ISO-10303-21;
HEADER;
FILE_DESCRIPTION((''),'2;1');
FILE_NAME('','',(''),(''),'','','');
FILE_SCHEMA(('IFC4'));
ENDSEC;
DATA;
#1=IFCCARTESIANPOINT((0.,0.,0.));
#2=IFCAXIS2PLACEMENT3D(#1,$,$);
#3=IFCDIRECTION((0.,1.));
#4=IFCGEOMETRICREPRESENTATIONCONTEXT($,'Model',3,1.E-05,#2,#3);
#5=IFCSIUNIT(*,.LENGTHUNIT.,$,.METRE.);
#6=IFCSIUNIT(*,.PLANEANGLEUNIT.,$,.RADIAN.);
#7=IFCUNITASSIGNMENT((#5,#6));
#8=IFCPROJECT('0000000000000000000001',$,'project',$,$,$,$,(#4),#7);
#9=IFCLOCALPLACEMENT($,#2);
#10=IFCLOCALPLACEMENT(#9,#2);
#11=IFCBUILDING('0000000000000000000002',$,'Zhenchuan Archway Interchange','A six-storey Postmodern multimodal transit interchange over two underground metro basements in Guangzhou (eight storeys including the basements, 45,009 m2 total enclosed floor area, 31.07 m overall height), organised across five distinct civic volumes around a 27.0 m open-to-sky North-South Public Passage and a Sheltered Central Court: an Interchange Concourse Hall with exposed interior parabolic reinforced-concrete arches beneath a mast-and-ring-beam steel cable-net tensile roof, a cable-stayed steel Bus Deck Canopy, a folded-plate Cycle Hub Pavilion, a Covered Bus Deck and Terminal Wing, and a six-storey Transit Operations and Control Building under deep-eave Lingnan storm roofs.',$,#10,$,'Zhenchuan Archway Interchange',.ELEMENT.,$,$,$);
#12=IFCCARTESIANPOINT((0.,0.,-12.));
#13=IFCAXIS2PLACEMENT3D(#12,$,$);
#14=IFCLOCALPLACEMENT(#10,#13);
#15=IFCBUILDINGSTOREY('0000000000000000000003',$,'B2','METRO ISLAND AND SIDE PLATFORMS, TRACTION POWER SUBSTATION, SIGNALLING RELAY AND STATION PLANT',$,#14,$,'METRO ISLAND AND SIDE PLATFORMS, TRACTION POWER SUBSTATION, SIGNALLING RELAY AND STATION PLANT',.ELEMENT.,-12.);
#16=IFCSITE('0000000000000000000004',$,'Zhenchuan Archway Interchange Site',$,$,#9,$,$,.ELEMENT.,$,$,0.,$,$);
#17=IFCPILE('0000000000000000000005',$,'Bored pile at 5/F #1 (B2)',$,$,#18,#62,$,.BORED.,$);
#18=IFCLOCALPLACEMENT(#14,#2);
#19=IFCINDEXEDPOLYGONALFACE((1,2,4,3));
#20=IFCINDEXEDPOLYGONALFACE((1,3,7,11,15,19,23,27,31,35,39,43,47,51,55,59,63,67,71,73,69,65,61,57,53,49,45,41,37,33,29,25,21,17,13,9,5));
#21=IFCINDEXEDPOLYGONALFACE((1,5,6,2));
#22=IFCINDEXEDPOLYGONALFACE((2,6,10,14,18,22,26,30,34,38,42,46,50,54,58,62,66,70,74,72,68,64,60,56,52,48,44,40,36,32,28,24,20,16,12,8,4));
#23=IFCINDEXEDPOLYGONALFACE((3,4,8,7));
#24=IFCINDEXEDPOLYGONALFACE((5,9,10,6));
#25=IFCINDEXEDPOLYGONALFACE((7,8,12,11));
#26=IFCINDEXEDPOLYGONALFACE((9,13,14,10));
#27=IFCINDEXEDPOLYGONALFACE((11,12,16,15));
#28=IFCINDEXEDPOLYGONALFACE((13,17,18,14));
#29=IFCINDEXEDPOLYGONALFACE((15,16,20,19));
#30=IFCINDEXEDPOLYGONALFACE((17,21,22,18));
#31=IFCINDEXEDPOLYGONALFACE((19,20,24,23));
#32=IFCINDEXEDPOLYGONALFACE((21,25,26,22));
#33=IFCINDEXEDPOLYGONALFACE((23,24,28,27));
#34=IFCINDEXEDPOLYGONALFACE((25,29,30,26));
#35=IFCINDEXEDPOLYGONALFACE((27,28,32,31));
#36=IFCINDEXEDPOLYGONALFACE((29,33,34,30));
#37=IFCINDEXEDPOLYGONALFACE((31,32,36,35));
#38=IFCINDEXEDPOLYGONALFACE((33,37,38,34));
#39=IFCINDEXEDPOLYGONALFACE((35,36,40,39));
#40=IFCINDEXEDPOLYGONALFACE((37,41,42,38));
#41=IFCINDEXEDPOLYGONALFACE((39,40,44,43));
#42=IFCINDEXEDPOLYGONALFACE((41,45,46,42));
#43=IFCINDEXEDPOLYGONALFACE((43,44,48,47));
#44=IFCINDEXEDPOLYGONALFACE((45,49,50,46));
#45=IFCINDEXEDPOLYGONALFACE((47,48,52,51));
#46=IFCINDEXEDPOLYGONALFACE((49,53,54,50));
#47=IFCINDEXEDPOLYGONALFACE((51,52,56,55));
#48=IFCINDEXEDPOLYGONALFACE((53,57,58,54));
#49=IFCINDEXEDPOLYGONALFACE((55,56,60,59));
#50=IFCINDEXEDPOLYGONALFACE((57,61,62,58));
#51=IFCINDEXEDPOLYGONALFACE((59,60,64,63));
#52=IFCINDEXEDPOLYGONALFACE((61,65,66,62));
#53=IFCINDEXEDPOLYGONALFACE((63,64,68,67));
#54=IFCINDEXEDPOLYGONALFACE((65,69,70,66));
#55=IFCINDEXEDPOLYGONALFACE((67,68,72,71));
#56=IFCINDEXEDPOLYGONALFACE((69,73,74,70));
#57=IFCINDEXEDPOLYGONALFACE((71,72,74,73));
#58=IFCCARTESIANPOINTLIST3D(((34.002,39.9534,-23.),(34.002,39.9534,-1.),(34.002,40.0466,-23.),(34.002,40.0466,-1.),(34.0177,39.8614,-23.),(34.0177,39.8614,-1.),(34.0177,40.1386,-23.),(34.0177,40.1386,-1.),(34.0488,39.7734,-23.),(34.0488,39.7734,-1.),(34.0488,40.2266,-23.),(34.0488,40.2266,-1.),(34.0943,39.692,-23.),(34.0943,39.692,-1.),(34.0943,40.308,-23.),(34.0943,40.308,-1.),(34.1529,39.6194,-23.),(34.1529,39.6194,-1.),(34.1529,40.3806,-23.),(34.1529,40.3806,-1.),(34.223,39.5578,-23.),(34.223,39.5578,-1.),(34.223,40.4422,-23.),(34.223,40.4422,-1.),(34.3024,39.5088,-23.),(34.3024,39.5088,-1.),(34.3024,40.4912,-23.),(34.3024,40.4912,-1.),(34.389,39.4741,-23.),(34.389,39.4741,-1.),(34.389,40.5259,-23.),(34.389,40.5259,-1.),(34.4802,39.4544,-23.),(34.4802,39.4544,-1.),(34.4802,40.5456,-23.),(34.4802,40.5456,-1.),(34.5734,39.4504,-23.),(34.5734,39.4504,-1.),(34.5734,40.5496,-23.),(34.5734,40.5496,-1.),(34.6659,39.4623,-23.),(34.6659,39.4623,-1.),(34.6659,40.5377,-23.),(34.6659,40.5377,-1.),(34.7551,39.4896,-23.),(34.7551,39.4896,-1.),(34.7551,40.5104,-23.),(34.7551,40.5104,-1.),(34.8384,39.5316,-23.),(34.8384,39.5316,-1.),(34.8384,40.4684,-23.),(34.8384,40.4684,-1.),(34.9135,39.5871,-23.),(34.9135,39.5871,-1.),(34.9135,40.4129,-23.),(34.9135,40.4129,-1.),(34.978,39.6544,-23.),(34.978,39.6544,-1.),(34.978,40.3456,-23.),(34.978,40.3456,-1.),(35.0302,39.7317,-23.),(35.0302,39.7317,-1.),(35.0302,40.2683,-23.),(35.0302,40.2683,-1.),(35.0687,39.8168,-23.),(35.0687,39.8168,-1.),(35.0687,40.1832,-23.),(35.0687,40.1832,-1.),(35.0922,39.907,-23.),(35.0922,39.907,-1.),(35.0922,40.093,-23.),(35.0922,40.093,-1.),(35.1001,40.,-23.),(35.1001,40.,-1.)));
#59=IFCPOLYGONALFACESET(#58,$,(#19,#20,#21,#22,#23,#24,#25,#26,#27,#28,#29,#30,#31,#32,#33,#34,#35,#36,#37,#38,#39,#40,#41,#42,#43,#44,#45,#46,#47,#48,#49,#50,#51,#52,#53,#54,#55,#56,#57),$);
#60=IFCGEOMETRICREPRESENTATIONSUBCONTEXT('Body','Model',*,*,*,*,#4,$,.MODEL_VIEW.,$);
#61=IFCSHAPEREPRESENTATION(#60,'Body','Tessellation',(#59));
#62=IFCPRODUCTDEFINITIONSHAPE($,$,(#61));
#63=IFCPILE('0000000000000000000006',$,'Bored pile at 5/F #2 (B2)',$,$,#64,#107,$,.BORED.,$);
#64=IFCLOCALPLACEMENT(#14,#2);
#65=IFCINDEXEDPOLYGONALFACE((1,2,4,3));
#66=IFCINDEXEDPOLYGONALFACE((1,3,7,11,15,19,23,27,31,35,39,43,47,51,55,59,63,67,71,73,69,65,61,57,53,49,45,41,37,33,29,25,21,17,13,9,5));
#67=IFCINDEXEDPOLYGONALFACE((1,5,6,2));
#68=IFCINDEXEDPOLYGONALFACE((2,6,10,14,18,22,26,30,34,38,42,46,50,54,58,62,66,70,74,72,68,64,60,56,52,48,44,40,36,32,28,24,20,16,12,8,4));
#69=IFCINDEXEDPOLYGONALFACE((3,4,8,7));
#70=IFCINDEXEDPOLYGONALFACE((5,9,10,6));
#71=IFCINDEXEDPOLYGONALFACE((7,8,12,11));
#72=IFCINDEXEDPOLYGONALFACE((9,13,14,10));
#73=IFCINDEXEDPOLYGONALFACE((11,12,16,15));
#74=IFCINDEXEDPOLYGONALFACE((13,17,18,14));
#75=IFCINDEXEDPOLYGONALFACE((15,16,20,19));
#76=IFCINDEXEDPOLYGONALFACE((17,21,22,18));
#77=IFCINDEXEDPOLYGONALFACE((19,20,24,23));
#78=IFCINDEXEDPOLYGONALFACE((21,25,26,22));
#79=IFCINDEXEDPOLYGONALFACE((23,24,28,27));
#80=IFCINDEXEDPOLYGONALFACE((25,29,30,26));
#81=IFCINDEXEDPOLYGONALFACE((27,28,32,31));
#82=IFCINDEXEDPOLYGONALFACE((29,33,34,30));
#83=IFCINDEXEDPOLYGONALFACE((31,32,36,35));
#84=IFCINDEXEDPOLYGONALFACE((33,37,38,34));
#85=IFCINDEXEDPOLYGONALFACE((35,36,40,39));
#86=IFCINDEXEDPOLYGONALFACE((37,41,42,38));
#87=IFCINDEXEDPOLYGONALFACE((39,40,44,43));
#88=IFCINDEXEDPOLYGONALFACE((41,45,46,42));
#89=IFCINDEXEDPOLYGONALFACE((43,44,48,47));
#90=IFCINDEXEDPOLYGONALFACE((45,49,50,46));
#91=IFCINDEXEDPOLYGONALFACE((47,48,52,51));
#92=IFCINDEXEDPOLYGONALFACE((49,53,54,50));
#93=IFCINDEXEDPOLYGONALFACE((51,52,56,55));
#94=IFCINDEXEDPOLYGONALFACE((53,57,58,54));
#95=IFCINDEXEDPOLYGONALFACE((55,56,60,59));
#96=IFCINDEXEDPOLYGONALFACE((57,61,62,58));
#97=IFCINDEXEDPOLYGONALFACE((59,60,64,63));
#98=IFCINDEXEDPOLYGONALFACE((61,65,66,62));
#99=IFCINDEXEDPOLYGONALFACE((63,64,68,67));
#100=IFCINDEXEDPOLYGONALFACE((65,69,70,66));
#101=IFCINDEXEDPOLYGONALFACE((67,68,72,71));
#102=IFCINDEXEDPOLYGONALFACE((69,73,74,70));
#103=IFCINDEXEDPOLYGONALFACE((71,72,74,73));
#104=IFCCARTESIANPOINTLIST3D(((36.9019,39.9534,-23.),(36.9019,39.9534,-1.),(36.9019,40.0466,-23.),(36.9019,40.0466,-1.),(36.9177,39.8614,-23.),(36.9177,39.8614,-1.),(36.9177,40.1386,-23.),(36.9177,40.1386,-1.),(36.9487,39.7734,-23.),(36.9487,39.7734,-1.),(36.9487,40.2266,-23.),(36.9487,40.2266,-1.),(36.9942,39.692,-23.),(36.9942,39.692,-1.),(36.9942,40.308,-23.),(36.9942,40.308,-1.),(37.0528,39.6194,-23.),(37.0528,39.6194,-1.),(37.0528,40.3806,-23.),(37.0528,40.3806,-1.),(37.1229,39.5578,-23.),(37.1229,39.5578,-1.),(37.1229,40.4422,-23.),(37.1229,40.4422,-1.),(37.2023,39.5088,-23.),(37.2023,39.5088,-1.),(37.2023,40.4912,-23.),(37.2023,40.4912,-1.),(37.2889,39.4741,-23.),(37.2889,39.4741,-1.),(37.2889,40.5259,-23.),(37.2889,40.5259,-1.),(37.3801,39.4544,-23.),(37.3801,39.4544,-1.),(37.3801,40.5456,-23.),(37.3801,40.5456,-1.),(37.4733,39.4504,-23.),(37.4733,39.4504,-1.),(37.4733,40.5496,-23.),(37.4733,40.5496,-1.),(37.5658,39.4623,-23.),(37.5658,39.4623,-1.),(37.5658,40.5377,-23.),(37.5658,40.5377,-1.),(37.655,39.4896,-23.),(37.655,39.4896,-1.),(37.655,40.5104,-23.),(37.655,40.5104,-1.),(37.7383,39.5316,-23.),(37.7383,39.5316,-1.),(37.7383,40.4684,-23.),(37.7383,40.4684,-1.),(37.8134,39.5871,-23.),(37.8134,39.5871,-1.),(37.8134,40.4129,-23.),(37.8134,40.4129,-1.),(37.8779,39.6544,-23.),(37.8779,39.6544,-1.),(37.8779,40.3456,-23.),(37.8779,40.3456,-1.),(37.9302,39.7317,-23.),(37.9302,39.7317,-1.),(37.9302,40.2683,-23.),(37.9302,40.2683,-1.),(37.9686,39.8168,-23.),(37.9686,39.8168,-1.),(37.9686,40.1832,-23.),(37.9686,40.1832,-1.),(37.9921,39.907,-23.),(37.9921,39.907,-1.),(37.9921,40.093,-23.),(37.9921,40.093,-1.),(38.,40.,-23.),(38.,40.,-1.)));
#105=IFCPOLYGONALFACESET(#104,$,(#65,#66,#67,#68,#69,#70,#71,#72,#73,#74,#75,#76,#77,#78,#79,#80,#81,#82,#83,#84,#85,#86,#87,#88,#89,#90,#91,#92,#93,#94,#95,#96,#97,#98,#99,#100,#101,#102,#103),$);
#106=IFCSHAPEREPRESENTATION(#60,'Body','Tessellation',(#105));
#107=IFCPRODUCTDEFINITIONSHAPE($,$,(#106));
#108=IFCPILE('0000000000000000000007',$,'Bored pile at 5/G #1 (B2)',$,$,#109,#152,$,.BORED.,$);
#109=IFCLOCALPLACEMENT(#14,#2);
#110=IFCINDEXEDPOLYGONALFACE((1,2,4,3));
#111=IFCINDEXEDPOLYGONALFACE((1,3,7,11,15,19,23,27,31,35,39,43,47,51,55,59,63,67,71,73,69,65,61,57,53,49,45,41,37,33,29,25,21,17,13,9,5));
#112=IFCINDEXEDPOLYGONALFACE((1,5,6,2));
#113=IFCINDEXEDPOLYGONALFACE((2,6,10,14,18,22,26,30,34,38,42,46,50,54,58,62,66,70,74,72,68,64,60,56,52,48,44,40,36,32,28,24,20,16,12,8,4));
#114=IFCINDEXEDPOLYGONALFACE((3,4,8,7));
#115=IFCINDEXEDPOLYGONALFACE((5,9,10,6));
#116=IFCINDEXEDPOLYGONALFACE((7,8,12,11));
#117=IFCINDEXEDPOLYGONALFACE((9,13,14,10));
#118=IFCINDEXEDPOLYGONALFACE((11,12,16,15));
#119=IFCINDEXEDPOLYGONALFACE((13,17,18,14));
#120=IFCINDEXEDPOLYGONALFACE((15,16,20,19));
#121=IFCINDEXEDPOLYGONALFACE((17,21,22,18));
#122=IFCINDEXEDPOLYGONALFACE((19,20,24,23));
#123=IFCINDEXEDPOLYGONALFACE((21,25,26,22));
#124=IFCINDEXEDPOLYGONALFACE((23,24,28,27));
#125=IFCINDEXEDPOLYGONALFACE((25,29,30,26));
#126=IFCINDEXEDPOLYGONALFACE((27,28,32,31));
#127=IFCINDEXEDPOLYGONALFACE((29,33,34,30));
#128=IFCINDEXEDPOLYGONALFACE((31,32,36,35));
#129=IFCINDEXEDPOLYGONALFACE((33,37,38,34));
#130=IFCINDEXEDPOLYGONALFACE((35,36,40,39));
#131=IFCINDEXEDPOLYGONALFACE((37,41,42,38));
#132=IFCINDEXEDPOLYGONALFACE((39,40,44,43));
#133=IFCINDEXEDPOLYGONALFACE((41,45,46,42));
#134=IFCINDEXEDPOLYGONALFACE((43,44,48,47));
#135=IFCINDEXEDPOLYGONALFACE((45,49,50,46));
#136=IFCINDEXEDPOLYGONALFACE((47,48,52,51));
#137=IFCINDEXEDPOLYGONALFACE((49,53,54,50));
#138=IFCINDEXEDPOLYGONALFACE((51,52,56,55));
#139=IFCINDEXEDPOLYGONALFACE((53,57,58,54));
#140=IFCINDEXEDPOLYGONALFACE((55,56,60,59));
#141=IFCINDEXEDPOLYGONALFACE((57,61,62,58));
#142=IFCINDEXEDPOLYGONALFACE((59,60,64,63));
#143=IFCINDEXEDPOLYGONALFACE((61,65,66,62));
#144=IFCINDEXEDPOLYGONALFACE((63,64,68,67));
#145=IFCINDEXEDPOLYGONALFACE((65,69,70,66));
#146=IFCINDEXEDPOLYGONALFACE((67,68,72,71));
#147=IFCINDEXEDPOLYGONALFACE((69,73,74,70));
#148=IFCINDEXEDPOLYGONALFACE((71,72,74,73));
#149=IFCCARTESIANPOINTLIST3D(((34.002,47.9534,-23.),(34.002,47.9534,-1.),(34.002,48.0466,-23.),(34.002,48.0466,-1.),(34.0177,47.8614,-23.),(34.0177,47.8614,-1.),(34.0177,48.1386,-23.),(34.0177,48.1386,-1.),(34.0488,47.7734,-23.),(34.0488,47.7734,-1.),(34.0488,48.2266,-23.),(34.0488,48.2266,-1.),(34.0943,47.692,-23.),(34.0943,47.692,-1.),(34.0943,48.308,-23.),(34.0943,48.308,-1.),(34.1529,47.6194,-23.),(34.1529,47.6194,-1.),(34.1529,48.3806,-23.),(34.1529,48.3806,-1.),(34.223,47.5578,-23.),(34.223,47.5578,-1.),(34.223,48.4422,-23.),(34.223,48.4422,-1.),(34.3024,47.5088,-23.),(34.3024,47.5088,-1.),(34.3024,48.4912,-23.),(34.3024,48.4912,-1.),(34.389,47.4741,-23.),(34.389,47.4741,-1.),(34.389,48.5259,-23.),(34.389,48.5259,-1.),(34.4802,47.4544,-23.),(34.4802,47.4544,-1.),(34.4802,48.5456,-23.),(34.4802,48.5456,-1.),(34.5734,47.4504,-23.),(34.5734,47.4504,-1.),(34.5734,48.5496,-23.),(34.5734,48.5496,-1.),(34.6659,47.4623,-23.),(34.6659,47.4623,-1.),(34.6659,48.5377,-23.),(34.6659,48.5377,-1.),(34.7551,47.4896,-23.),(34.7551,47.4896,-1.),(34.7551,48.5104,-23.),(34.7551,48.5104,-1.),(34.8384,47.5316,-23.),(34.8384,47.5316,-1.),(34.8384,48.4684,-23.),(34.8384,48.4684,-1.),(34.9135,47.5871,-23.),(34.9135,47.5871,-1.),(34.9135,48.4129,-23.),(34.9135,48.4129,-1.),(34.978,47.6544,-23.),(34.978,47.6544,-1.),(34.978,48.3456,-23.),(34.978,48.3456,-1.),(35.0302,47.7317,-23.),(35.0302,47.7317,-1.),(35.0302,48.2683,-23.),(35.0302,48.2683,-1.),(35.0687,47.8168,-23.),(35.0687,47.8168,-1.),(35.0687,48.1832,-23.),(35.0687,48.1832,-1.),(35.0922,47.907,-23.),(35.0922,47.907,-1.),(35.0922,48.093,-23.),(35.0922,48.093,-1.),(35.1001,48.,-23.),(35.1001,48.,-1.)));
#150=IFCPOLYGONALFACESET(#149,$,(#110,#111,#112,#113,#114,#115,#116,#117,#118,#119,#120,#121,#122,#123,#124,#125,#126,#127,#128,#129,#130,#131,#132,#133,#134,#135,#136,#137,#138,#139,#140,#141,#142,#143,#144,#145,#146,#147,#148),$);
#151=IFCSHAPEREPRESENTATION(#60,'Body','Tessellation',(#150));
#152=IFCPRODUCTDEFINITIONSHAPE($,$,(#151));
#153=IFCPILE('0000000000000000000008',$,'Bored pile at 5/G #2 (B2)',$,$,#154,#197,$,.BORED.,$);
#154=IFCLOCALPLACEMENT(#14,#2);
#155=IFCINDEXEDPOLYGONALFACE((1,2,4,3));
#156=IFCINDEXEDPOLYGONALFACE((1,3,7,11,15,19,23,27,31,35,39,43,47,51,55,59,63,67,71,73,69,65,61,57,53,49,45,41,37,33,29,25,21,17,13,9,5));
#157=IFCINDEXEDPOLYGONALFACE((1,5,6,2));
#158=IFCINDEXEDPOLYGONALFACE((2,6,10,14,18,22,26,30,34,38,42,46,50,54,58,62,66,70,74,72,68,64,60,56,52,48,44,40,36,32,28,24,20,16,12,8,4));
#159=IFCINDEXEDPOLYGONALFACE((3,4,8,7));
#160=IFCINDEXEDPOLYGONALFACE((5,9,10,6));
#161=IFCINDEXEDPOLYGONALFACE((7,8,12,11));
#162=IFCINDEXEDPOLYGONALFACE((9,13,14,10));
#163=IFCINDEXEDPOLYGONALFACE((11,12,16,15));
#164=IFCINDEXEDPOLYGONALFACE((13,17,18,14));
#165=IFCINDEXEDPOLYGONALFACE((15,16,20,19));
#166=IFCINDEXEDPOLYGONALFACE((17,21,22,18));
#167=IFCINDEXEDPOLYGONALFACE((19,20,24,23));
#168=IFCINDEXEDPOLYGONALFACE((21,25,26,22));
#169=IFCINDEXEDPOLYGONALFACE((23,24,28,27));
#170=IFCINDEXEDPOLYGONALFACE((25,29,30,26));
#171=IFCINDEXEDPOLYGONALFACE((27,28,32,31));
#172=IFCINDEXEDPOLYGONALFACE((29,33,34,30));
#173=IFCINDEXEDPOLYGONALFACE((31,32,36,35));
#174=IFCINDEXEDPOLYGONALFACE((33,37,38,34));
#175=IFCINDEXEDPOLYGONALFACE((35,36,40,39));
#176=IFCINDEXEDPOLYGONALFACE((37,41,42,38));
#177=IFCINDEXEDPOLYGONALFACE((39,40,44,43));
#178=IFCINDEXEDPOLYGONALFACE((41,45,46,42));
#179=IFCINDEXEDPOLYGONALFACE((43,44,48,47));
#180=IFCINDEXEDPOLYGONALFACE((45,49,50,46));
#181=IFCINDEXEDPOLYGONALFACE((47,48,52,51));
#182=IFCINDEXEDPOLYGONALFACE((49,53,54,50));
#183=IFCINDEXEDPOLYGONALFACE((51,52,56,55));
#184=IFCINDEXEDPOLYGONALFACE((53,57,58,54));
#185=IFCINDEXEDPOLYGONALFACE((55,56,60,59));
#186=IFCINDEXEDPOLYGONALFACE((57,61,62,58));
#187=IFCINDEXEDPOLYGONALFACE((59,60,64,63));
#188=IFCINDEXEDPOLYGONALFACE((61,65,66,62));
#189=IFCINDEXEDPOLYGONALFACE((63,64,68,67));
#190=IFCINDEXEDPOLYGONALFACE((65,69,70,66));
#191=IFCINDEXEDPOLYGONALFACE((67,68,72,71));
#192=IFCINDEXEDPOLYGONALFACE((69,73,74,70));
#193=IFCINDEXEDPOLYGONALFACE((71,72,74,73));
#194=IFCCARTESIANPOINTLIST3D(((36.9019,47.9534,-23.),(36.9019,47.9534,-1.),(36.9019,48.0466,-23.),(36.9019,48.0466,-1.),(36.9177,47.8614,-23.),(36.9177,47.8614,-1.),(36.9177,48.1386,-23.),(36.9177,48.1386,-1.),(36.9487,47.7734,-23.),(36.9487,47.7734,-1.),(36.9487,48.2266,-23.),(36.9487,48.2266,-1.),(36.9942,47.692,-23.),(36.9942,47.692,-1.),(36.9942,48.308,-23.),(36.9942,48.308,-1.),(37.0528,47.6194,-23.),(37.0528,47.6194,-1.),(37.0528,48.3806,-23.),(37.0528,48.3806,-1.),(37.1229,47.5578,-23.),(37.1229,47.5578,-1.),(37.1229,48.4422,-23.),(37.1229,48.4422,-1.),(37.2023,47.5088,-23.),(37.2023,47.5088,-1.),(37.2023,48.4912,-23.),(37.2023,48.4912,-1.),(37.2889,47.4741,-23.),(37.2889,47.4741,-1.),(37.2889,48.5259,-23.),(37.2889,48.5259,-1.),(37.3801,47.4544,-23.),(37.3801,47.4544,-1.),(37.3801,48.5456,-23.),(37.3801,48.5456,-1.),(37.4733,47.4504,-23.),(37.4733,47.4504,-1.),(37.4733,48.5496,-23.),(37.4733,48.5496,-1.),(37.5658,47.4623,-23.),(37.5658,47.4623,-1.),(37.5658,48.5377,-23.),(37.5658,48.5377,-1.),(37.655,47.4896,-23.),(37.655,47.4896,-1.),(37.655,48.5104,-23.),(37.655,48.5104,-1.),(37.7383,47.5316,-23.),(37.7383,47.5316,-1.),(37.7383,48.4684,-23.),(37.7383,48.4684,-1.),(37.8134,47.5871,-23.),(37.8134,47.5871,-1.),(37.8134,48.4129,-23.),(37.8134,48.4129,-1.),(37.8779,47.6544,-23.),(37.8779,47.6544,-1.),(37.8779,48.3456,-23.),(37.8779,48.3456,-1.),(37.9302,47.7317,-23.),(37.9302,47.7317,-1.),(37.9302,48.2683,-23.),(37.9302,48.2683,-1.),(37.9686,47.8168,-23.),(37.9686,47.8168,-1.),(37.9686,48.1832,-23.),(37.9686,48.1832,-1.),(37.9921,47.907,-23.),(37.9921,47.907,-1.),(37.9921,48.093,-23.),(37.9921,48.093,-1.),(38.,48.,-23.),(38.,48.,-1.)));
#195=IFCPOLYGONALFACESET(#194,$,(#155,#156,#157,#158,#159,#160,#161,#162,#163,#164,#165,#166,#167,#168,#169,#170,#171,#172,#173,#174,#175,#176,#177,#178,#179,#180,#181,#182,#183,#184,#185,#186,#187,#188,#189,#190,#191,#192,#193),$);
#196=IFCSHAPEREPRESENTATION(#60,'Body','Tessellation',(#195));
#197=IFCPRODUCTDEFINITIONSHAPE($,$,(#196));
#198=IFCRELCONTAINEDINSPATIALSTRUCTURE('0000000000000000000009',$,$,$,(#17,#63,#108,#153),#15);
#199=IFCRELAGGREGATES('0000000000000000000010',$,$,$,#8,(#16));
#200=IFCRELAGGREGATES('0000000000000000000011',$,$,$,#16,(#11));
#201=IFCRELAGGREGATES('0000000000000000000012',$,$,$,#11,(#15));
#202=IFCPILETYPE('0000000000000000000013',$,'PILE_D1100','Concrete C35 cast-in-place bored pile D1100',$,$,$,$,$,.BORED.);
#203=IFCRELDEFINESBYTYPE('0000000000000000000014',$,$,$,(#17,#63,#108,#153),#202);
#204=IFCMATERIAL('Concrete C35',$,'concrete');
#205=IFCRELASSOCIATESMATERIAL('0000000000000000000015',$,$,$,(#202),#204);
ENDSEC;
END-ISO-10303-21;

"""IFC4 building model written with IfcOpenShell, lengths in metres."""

from ifc_helpers import new_model, si_unit, direction, frame, origin, origin_2d, place, context, subcontext, project, spatial, circle, extrude, material, material_profile, profile_set, type_object, element, save


model = new_model("IFC4")

# Units and contexts
model_context = context("Model", 3, precision=1e-05, world=origin(), true_north=direction((0.0, 1.0)))
body_context = subcontext(model_context, "Body", "Model", "MODEL_VIEW")
ifc_project = project(units=[si_unit("LENGTHUNIT", "METRE"), si_unit("PLANEANGLEUNIT", "RADIAN")], contexts=[model_context])

# Site, building, storey
site_placement = place(None, origin())
site = spatial("IfcSite", under=ifc_project, at=site_placement, Name="Zhenchuan Archway Interchange Site", CompositionType="ELEMENT", RefElevation=0.0)
building_placement = place(site_placement, origin())
building = spatial("IfcBuilding", under=site, at=building_placement, Name="Zhenchuan Archway Interchange", Description="A six-storey Postmodern multimodal transit interchange over two underground metro basements in Guangzhou (eight storeys including the basements, 45,009 m2 total enclosed floor area, 31.07 m overall height), organised across five distinct civic volumes around a 27.0 m open-to-sky North-South Public Passage and a Sheltered Central Court: an Interchange Concourse Hall with exposed interior parabolic reinforced-concrete arches beneath a mast-and-ring-beam steel cable-net tensile roof, a cable-stayed steel Bus Deck Canopy, a folded-plate Cycle Hub Pavilion, a Covered Bus Deck and Terminal Wing, and a six-storey Transit Operations and Control Building under deep-eave Lingnan storm roofs.", LongName="Zhenchuan Archway Interchange", CompositionType="ELEMENT")
storey_placement = place(building_placement, frame((0.0, 0.0, -12.0)))
storey = spatial("IfcBuildingStorey", under=building, at=storey_placement, Name="B2", Description="METRO ISLAND AND SIDE PLATFORMS, TRACTION POWER SUBSTATION, SIGNALLING RELAY AND STATION PLANT", LongName="METRO ISLAND AND SIDE PLATFORMS, TRACTION POWER SUBSTATION, SIGNALLING RELAY AND STATION PLANT", CompositionType="ELEMENT", Elevation=-12.0)

# Piles
ifc_material_1 = material(Name="Concrete C35", Category="concrete")
ifc_material_profile_1 = material_profile(ifc_material_1, circle(Radius=0.55, at=origin_2d()), Name="BORED PILE 1100")
ifc_profile_set_1 = profile_set([ifc_material_profile_1], Name="Concrete C35")
pile_type_1 = type_object("IfcPileType", Name="PILE_D1100", Description="Concrete C35 cast-in-place bored pile D1100", PredefinedType="BORED", material=ifc_profile_set_1)
for number, where, z_axis, x_axis, name in (
    (1, (34.55, 40.0, -1.0), (0.0, 0.0, -1.0), (1.0, 0.0, 0.0), "Bored pile at 5/F #1 (B2)"),
    (2, (37.45, 40.0, -1.0), (0.0, 0.0, -1.0), (1.0, 0.0, 0.0), "Bored pile at 5/F #2 (B2)"),
    (3, (34.55, 48.0, -1.0), (0.0, 0.0, -1.0), (1.0, 0.0, 0.0), "Bored pile at 5/G #1 (B2)"),
    (4, (37.45, 48.0, -1.0), (0.0, 0.0, -1.0), (1.0, 0.0, 0.0), "Bored pile at 5/G #2 (B2)"),
):
    element("IfcPile", number, at=place(storey_placement, frame(where, z_axis=z_axis, x_axis=x_axis)), inside=storey, type_object=pile_type_1, Name=name, PredefinedType="BORED", context=body_context, shape_type="SweptSolid", body=[
        extrude(circle(Radius=0.55, at=origin_2d()), origin(), (0.0, 0.0, 1.0), 22.0),
    ])

save(model, "model.ifc")
